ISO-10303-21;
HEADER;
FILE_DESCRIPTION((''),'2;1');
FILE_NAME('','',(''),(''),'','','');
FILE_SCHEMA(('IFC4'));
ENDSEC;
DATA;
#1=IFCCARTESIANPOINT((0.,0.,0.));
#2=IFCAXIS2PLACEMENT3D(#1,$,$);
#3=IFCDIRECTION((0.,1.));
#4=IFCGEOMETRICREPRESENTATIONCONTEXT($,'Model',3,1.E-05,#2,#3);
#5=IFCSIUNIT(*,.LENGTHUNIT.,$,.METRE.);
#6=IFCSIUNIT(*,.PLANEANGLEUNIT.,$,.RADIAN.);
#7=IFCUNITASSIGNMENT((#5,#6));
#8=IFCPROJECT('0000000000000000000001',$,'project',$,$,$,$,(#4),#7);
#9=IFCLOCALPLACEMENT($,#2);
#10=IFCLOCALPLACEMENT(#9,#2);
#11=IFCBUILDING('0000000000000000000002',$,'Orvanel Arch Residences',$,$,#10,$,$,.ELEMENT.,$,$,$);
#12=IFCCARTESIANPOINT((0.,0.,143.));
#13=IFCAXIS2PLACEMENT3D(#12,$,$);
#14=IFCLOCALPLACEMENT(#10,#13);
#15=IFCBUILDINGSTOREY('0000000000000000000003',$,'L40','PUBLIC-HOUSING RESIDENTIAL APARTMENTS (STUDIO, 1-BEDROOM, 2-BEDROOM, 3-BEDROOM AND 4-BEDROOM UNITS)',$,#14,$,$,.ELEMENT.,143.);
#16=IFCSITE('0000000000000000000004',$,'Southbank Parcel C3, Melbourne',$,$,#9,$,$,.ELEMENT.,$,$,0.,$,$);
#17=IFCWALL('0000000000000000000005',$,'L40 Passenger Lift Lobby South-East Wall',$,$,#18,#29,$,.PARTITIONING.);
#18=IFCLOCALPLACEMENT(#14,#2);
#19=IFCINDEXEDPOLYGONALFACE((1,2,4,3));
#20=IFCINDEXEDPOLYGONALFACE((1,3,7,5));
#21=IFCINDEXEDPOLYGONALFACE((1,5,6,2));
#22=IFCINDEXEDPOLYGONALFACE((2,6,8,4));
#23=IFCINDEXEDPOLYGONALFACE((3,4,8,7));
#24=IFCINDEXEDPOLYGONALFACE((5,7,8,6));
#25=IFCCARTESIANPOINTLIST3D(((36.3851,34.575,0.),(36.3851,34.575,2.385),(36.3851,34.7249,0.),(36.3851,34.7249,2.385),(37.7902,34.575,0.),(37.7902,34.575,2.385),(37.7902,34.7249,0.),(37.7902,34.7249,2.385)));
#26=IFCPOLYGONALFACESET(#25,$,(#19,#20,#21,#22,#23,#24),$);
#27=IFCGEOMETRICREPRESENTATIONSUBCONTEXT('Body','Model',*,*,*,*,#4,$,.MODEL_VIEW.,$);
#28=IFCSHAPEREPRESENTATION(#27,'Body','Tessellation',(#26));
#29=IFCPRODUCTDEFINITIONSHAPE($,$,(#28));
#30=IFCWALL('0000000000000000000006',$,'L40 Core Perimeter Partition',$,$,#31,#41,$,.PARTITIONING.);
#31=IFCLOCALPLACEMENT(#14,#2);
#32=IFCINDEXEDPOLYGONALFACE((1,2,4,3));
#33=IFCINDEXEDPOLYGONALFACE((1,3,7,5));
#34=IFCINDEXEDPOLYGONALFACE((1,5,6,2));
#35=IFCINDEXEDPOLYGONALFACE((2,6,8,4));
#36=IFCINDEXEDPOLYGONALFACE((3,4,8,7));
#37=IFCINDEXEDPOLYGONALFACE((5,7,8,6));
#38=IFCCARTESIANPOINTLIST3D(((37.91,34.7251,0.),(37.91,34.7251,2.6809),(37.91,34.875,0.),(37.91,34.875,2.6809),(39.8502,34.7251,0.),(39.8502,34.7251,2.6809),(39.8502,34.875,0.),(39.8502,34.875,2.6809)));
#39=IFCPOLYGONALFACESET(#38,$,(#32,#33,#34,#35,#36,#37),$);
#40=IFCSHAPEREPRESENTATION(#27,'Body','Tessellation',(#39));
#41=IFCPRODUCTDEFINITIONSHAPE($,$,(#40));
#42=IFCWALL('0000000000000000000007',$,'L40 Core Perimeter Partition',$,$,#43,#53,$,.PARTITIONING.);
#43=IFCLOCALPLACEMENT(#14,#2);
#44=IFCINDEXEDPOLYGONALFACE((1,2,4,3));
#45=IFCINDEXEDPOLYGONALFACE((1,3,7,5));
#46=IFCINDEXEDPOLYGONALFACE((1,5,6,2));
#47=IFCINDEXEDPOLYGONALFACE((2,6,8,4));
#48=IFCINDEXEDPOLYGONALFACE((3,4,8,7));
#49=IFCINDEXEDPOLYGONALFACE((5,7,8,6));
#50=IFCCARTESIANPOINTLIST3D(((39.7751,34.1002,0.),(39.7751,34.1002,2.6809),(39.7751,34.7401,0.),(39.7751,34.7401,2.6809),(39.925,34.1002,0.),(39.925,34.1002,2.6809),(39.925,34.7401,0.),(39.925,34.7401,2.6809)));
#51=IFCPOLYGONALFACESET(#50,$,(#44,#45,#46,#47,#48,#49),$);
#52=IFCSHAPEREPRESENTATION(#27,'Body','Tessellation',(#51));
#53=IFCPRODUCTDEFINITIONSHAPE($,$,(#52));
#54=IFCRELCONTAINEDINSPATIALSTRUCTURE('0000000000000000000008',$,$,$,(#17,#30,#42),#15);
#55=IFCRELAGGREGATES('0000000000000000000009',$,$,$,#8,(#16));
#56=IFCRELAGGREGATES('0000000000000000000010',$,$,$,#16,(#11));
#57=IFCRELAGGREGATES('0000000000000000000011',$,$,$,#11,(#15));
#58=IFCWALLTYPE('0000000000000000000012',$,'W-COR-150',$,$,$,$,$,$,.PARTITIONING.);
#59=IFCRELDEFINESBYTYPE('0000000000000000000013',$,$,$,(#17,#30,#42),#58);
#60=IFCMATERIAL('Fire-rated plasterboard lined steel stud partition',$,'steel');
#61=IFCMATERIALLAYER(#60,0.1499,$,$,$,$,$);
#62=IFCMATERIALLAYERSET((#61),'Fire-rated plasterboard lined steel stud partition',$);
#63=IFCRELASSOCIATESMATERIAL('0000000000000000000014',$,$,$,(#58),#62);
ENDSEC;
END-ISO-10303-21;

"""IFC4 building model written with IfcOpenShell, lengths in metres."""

from ifc_helpers import new_model, si_unit, direction, frame, frame_2d, origin, place, context, subcontext, project, spatial, rectangle, extrude, material, layer, layer_set, type_object, element, save


model = new_model("IFC4")

# Units and contexts
model_context = context("Model", 3, precision=1e-05, world=origin(), true_north=direction((0.0, 1.0)))
body_context = subcontext(model_context, "Body", "Model", "MODEL_VIEW")
ifc_project = project(units=[si_unit("LENGTHUNIT", "METRE"), si_unit("PLANEANGLEUNIT", "RADIAN")], contexts=[model_context])

# Site, building, storey
site_placement = place(None, origin())
site = spatial("IfcSite", under=ifc_project, at=site_placement, Name="Southbank Parcel C3, Melbourne", CompositionType="ELEMENT", RefElevation=0.0)
building_placement = place(site_placement, origin())
building = spatial("IfcBuilding", under=site, at=building_placement, Name="Orvanel Arch Residences", CompositionType="ELEMENT")
storey_placement = place(building_placement, frame((0.0, 0.0, 143.0)))
storey = spatial("IfcBuildingStorey", under=building, at=storey_placement, Name="L40", Description="PUBLIC-HOUSING RESIDENTIAL APARTMENTS (STUDIO, 1-BEDROOM, 2-BEDROOM, 3-BEDROOM AND 4-BEDROOM UNITS)", CompositionType="ELEMENT", Elevation=143.0)

# Walls
ifc_material_1 = material(Name="Fire-rated plasterboard lined steel stud partition", Category="steel")
ifc_layer_1 = layer(ifc_material_1, 0.1499)
ifc_layer_set_1 = layer_set([ifc_layer_1], Name="Fire-rated plasterboard lined steel stud partition")
wall_type_1 = type_object("IfcWallType", Name="W-COR-150", PredefinedType="PARTITIONING", material=ifc_layer_set_1)
wall_1_placement = place(storey_placement, frame((36.385, 34.6499, 0.0), z_axis=(0.0, 0.0, 1.0), x_axis=(1.0, 0.0, 0.0)))
element("IfcWall", 1, at=wall_1_placement, inside=storey, type_object=wall_type_1, Name="L40 Passenger Lift Lobby South-East Wall", PredefinedType="PARTITIONING", context=body_context, shape_type="SweptSolid", body=[
    extrude(rectangle(XDim=1.405, YDim=0.1499, at=frame_2d((0.7026, 0.0))), origin(), (0.0, 0.0, 1.0), 2.385),
])
wall_2_placement = place(storey_placement, frame((37.9099, 34.8, 0.0), z_axis=(0.0, 0.0, 1.0), x_axis=(1.0, 0.0, 0.0)))
element("IfcWall", 2, at=wall_2_placement, inside=storey, type_object=wall_type_1, Name="L40 Core Perimeter Partition", PredefinedType="PARTITIONING", context=body_context, shape_type="SweptSolid", body=[
    extrude(rectangle(XDim=1.9402, YDim=0.1499, at=frame_2d((0.9702, 0.0))), origin(), (0.0, 0.0, 1.0), 2.6809),
])
wall_3_placement = place(storey_placement, frame((39.8501, 34.74, 0.0), z_axis=(0.0, 0.0, 1.0), x_axis=(0.0, -1.0, 0.0)))
element("IfcWall", 3, at=wall_3_placement, inside=storey, type_object=wall_type_1, Name="L40 Core Perimeter Partition", PredefinedType="PARTITIONING", context=body_context, shape_type="SweptSolid", body=[
    extrude(rectangle(XDim=0.6399, YDim=0.1499, at=frame_2d((0.3198, 0.0))), origin(), (0.0, 0.0, 1.0), 2.6809),
])

save(model, "model.ifc")
